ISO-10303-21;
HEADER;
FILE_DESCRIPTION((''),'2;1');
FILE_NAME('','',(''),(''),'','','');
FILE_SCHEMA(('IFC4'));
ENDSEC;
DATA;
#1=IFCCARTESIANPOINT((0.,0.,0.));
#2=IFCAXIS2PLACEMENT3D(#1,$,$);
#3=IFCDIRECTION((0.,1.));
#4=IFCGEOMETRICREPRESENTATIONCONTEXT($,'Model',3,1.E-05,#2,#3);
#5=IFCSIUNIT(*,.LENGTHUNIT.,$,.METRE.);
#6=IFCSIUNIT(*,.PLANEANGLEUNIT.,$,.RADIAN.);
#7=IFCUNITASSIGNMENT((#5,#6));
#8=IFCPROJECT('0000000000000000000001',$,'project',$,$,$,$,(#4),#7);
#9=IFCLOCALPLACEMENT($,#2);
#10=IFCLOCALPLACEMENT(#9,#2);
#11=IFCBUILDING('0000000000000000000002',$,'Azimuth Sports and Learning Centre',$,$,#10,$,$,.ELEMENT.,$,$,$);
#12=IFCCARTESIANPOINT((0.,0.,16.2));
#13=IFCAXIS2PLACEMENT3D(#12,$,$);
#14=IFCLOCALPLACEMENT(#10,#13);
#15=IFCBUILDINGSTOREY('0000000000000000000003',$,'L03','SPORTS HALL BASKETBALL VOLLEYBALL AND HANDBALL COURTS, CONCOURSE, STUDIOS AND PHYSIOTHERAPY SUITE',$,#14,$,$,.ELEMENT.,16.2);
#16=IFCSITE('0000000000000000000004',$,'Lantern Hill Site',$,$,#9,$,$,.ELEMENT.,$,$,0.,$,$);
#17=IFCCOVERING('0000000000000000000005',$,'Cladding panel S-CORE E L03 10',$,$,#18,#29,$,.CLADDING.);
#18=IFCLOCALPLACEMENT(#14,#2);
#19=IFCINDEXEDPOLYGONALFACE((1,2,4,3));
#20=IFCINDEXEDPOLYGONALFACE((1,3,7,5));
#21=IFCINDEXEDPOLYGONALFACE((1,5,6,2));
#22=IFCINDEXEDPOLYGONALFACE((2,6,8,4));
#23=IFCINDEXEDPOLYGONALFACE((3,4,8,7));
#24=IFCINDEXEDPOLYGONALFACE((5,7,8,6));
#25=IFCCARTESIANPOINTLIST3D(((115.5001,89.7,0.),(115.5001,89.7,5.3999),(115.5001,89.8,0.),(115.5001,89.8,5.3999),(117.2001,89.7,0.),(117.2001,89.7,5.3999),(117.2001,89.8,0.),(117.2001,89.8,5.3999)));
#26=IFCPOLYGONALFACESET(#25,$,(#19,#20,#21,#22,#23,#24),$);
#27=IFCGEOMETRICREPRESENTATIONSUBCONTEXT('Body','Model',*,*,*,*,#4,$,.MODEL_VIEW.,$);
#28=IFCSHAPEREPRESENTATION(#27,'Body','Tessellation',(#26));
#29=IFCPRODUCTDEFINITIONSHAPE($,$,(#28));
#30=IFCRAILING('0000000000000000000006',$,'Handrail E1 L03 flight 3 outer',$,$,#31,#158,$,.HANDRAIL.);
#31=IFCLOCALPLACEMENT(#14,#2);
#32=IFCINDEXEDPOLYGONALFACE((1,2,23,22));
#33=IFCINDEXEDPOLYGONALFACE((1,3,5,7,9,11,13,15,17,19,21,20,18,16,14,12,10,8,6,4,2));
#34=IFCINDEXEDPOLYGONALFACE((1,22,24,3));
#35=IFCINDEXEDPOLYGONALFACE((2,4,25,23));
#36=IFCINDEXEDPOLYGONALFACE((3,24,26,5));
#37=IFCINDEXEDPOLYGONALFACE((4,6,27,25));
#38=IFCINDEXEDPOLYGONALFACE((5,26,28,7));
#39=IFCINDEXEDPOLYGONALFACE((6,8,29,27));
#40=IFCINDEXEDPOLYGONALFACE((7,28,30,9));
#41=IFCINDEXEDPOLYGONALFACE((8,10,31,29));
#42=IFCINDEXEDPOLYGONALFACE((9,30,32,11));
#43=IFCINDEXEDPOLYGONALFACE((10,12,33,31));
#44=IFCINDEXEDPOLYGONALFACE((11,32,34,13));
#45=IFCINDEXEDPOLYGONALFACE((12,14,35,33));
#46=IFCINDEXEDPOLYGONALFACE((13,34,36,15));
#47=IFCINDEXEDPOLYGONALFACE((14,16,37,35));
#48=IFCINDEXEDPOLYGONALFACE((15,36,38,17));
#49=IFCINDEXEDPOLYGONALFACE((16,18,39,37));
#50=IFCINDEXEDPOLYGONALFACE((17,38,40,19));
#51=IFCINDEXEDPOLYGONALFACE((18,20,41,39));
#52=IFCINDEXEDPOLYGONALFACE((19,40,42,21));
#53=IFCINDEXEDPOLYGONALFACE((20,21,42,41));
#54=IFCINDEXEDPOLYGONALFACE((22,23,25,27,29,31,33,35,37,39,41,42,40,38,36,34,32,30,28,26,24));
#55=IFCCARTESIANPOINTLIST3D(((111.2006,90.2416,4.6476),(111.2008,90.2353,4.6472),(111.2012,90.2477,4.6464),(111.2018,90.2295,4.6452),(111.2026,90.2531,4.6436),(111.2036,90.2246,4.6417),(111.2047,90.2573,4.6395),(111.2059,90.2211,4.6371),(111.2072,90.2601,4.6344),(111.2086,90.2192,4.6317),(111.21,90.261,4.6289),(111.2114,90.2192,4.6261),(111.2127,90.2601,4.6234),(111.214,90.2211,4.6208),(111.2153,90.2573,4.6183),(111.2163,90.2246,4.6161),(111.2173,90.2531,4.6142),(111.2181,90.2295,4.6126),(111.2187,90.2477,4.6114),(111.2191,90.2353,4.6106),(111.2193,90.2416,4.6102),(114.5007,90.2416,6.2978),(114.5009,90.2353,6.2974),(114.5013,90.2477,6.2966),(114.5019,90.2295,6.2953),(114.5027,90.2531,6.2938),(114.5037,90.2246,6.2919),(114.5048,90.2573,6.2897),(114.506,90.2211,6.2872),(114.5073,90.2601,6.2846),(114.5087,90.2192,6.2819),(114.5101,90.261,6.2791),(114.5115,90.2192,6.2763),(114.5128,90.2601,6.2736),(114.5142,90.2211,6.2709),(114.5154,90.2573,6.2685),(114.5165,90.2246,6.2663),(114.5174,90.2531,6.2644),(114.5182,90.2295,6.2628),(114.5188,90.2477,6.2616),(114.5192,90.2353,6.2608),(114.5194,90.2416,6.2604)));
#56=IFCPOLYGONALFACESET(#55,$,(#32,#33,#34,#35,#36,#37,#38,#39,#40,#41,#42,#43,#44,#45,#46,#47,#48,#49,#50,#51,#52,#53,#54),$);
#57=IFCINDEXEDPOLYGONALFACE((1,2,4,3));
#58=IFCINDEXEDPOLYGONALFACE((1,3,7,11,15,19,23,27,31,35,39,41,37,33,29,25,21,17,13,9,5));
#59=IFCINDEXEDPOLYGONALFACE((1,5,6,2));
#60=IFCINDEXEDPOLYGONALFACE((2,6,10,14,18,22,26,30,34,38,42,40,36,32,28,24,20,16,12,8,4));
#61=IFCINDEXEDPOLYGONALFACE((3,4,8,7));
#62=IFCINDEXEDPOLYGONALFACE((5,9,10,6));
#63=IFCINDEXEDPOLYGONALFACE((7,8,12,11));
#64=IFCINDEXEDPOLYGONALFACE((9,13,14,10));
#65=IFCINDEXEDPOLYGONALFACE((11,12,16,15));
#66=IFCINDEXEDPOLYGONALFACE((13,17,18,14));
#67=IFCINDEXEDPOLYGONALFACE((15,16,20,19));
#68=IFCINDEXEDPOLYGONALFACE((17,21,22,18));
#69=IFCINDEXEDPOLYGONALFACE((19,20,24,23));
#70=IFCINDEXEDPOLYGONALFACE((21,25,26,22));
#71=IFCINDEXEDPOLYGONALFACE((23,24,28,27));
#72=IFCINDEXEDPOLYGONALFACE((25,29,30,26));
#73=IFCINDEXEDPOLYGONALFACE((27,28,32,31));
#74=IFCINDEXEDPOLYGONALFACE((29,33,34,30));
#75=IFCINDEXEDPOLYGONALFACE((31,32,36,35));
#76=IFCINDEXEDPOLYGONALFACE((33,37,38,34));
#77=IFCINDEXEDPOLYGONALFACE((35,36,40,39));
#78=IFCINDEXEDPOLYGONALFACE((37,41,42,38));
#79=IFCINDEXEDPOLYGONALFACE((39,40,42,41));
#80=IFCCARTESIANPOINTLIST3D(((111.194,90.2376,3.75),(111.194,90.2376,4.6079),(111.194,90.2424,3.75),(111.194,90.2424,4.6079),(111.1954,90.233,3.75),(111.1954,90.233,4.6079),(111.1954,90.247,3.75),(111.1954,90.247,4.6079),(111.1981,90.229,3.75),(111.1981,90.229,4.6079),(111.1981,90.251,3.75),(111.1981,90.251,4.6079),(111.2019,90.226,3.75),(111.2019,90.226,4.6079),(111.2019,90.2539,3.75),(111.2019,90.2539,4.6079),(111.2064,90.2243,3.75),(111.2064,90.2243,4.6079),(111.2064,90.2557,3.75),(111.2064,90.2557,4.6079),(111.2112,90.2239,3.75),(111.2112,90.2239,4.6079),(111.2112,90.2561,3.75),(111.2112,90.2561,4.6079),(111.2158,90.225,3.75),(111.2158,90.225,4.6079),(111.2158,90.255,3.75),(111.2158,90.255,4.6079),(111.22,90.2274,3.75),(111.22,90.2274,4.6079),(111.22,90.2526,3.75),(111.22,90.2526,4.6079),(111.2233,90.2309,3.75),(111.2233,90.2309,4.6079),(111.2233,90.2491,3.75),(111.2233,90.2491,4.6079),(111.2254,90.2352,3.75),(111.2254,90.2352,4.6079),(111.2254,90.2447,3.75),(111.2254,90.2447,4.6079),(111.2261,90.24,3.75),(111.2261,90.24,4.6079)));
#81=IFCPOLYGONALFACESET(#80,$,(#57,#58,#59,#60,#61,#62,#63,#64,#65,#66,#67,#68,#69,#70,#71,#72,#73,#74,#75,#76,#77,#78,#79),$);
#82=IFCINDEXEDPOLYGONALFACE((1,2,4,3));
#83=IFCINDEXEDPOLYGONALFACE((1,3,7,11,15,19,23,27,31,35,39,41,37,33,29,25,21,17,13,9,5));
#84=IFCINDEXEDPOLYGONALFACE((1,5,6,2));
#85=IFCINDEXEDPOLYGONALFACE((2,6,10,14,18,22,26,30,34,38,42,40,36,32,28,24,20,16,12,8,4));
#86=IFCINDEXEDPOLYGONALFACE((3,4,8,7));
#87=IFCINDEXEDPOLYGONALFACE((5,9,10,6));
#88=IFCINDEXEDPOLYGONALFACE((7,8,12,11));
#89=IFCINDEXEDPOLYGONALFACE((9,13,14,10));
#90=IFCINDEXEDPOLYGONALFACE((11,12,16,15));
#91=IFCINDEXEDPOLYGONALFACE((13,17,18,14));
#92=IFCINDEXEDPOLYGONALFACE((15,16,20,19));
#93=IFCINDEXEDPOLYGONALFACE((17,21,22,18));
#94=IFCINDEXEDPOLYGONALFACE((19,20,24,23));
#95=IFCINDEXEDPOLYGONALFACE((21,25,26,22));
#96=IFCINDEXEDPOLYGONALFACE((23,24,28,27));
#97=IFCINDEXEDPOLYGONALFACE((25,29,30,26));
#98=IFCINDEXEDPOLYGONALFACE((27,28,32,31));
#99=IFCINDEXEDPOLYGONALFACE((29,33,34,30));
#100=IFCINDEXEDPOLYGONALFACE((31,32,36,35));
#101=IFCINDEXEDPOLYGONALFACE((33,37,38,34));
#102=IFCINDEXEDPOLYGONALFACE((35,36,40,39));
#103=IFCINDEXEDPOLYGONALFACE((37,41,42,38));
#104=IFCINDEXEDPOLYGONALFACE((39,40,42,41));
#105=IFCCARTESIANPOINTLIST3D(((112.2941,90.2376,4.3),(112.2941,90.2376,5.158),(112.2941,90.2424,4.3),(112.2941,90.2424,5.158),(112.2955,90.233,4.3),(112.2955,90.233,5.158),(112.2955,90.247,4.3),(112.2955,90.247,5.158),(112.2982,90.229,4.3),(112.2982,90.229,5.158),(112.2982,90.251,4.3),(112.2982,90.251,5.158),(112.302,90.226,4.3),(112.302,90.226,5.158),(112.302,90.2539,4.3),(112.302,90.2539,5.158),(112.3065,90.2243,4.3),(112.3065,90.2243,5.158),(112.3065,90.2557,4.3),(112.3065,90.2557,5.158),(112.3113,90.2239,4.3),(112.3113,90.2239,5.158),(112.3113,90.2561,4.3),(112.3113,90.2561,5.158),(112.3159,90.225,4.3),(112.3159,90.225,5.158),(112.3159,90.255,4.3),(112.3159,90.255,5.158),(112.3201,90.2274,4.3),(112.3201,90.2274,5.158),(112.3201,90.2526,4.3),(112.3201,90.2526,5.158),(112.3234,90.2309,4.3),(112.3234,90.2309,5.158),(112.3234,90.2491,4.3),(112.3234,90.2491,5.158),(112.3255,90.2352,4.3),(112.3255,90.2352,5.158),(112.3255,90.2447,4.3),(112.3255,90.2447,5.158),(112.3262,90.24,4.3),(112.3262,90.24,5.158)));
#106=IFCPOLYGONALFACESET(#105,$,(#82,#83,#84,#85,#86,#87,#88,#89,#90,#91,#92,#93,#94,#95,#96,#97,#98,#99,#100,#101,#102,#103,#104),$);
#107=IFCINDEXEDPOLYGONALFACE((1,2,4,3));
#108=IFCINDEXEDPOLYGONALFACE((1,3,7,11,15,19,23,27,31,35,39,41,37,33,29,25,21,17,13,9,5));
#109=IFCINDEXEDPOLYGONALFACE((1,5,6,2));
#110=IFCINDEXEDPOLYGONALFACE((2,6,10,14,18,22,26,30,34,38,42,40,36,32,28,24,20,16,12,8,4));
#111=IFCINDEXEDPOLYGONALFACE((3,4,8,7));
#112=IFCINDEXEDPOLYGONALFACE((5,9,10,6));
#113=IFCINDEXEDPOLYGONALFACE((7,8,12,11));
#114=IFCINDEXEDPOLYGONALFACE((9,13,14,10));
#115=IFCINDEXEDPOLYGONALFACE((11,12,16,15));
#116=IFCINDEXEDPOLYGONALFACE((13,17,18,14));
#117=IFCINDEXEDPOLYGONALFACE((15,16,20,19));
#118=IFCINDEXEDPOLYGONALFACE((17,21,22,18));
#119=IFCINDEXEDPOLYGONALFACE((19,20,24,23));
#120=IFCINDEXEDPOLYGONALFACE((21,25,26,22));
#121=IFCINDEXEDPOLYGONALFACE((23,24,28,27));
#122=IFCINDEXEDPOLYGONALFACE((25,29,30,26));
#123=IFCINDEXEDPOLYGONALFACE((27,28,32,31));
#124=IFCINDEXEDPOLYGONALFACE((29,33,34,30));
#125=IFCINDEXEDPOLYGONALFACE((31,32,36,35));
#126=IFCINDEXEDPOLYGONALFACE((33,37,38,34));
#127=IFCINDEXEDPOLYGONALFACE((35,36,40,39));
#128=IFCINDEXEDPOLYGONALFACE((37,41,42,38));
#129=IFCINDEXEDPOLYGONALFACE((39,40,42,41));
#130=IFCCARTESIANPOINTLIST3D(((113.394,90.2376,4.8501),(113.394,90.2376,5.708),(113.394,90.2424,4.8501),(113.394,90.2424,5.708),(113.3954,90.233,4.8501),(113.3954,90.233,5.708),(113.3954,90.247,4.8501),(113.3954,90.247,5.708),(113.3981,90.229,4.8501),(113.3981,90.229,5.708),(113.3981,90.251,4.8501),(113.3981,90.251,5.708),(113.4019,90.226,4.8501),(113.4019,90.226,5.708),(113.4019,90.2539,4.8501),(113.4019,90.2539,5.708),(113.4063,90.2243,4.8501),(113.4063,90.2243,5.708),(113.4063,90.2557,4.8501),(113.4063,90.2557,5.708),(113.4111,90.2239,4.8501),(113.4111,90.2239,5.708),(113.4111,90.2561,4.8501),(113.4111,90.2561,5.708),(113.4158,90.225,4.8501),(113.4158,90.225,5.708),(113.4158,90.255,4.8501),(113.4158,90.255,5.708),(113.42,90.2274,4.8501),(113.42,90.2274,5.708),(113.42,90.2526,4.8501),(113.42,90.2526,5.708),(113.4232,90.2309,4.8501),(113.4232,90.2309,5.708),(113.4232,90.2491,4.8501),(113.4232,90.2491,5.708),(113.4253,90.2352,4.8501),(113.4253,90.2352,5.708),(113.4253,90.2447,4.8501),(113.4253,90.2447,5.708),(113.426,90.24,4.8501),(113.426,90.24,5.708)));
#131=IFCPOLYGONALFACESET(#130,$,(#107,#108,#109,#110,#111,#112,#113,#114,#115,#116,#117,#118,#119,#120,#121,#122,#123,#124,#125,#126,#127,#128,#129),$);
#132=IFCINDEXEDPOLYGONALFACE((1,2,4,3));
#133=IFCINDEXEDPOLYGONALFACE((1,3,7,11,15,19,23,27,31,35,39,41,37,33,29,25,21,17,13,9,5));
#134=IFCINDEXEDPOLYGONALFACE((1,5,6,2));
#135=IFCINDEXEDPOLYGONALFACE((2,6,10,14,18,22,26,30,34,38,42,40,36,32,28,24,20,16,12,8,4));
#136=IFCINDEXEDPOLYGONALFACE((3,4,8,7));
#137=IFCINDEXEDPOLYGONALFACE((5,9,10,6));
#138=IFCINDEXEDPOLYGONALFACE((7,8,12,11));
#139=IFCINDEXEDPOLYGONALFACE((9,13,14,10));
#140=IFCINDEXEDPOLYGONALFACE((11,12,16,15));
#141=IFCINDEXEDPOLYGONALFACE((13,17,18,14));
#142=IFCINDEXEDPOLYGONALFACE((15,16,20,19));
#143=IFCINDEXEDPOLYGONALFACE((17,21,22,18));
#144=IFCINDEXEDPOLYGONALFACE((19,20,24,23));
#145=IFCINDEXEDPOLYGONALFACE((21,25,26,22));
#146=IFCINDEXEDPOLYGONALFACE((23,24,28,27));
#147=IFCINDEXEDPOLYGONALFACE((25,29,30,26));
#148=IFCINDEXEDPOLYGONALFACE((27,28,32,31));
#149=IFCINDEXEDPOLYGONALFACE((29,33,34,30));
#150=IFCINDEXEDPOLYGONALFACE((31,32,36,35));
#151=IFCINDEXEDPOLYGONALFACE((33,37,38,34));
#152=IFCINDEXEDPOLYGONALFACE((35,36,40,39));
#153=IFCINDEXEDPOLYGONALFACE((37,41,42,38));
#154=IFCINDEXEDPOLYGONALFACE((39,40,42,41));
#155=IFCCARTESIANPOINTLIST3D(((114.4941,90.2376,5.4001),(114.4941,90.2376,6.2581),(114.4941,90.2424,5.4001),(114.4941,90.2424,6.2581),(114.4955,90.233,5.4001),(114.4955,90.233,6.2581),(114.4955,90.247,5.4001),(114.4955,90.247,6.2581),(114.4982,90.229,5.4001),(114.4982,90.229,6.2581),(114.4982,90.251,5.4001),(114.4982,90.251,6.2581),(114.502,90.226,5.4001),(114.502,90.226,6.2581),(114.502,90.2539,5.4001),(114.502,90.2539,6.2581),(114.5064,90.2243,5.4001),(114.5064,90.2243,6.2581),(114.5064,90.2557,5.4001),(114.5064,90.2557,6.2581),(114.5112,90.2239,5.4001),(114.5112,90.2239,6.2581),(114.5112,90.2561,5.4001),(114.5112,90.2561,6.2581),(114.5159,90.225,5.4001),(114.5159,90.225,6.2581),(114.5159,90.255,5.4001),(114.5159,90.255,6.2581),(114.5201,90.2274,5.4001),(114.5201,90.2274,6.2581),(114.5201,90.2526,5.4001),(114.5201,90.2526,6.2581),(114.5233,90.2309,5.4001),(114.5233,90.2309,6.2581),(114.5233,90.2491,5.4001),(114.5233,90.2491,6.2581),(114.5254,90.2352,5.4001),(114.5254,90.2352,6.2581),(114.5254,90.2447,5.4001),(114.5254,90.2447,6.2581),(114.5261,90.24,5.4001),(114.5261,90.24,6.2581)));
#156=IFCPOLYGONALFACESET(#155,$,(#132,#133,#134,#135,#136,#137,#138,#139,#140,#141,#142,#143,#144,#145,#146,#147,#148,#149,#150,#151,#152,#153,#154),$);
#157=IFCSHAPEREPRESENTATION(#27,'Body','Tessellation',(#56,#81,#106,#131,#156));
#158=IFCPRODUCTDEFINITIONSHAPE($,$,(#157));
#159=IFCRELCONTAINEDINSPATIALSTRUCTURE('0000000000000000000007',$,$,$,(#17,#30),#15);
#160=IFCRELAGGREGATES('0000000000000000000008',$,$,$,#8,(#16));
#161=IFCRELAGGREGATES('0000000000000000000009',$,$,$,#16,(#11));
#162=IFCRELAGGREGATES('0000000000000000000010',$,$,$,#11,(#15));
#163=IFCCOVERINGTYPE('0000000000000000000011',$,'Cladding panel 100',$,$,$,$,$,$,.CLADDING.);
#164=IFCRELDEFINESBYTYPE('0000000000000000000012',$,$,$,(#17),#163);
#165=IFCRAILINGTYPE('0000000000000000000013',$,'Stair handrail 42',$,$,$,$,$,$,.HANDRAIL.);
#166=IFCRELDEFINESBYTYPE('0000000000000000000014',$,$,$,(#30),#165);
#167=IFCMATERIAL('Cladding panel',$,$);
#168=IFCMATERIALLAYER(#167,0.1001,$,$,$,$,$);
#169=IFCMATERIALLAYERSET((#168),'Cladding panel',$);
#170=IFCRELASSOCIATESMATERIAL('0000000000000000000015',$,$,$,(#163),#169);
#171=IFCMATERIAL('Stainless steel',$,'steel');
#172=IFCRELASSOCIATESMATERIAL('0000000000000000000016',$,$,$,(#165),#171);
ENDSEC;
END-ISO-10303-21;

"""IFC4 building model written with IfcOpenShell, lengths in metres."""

from ifc_helpers import new_model, si_unit, direction, frame, origin, origin_2d, place, context, subcontext, project, spatial, rectangle, circle, extrude, material, layer, layer_set, type_object, element, save


model = new_model("IFC4")

# Units and contexts
model_context = context("Model", 3, precision=1e-05, world=origin(), true_north=direction((0.0, 1.0)))
body_context = subcontext(model_context, "Body", "Model", "MODEL_VIEW")
ifc_project = project(units=[si_unit("LENGTHUNIT", "METRE"), si_unit("PLANEANGLEUNIT", "RADIAN")], contexts=[model_context])

# Site, building, storey
site_placement = place(None, origin())
site = spatial("IfcSite", under=ifc_project, at=site_placement, Name="Lantern Hill Site", CompositionType="ELEMENT", RefElevation=0.0)
building_placement = place(site_placement, origin())
building = spatial("IfcBuilding", under=site, at=building_placement, Name="Azimuth Sports and Learning Centre", CompositionType="ELEMENT")
storey_placement = place(building_placement, frame((0.0, 0.0, 16.2)))
storey = spatial("IfcBuildingStorey", under=building, at=storey_placement, Name="L03", Description="SPORTS HALL BASKETBALL VOLLEYBALL AND HANDBALL COURTS, CONCOURSE, STUDIOS AND PHYSIOTHERAPY SUITE", CompositionType="ELEMENT", Elevation=16.2)

# Covering
ifc_material_1 = material(Name="Cladding panel")
ifc_layer_1 = layer(ifc_material_1, 0.1001)
ifc_layer_set_1 = layer_set([ifc_layer_1], Name="Cladding panel")
covering_type = type_object("IfcCoveringType", Name="Cladding panel 100", PredefinedType="CLADDING", material=ifc_layer_set_1)
covering_1_placement = place(storey_placement, frame((116.3501, 89.75, 0.0), z_axis=(0.0, 0.0, 1.0), x_axis=(1.0, 0.0, 0.0)))
element("IfcCovering", 1, at=covering_1_placement, inside=storey, type_object=covering_type, Name="Cladding panel S-CORE E L03 10", PredefinedType="CLADDING", context=body_context, shape_type="SweptSolid", body=[
    extrude(rectangle(XDim=1.7, YDim=0.1001, at=origin_2d()), origin(), (0.0, 0.0, 1.0), 5.3999),
])

# Railing
ifc_material_2 = material(Name="Stainless steel", Category="steel")
railing_type = type_object("IfcRailingType", Name="Stair handrail 42", PredefinedType="HANDRAIL", material=ifc_material_2)
railing_placement = place(storey_placement, frame((111.21, 90.24, 3.75)))
element("IfcRailing", 2, at=railing_placement, inside=storey, type_object=railing_type, Name="Handrail E1 L03 flight 3 outer", PredefinedType="HANDRAIL", context=body_context, shape_type="SweptSolid", body=[
    extrude(circle(Radius=0.021, at=origin_2d()), frame((0.0, 0.0, 0.8789), z_axis=(0.894414, 0.0, 0.44724), x_axis=(0.0, 1.0, 0.0)), (0.0, 0.0, 1.0), 3.6897),
    extrude(circle(Radius=0.0161, at=origin_2d()), origin(), (0.0, 0.0, 1.0), 0.8579),
    extrude(circle(Radius=0.0161, at=origin_2d()), frame((1.1001, 0.0, 0.55)), (0.0, 0.0, 1.0), 0.8579),
    extrude(circle(Radius=0.0161, at=origin_2d()), frame((2.2, 0.0, 1.1001)), (0.0, 0.0, 1.0), 0.8579),
    extrude(circle(Radius=0.0161, at=origin_2d()), frame((3.3, 0.0, 1.6501)), (0.0, 0.0, 1.0), 0.8579),
])

save(model, "model.ifc")
